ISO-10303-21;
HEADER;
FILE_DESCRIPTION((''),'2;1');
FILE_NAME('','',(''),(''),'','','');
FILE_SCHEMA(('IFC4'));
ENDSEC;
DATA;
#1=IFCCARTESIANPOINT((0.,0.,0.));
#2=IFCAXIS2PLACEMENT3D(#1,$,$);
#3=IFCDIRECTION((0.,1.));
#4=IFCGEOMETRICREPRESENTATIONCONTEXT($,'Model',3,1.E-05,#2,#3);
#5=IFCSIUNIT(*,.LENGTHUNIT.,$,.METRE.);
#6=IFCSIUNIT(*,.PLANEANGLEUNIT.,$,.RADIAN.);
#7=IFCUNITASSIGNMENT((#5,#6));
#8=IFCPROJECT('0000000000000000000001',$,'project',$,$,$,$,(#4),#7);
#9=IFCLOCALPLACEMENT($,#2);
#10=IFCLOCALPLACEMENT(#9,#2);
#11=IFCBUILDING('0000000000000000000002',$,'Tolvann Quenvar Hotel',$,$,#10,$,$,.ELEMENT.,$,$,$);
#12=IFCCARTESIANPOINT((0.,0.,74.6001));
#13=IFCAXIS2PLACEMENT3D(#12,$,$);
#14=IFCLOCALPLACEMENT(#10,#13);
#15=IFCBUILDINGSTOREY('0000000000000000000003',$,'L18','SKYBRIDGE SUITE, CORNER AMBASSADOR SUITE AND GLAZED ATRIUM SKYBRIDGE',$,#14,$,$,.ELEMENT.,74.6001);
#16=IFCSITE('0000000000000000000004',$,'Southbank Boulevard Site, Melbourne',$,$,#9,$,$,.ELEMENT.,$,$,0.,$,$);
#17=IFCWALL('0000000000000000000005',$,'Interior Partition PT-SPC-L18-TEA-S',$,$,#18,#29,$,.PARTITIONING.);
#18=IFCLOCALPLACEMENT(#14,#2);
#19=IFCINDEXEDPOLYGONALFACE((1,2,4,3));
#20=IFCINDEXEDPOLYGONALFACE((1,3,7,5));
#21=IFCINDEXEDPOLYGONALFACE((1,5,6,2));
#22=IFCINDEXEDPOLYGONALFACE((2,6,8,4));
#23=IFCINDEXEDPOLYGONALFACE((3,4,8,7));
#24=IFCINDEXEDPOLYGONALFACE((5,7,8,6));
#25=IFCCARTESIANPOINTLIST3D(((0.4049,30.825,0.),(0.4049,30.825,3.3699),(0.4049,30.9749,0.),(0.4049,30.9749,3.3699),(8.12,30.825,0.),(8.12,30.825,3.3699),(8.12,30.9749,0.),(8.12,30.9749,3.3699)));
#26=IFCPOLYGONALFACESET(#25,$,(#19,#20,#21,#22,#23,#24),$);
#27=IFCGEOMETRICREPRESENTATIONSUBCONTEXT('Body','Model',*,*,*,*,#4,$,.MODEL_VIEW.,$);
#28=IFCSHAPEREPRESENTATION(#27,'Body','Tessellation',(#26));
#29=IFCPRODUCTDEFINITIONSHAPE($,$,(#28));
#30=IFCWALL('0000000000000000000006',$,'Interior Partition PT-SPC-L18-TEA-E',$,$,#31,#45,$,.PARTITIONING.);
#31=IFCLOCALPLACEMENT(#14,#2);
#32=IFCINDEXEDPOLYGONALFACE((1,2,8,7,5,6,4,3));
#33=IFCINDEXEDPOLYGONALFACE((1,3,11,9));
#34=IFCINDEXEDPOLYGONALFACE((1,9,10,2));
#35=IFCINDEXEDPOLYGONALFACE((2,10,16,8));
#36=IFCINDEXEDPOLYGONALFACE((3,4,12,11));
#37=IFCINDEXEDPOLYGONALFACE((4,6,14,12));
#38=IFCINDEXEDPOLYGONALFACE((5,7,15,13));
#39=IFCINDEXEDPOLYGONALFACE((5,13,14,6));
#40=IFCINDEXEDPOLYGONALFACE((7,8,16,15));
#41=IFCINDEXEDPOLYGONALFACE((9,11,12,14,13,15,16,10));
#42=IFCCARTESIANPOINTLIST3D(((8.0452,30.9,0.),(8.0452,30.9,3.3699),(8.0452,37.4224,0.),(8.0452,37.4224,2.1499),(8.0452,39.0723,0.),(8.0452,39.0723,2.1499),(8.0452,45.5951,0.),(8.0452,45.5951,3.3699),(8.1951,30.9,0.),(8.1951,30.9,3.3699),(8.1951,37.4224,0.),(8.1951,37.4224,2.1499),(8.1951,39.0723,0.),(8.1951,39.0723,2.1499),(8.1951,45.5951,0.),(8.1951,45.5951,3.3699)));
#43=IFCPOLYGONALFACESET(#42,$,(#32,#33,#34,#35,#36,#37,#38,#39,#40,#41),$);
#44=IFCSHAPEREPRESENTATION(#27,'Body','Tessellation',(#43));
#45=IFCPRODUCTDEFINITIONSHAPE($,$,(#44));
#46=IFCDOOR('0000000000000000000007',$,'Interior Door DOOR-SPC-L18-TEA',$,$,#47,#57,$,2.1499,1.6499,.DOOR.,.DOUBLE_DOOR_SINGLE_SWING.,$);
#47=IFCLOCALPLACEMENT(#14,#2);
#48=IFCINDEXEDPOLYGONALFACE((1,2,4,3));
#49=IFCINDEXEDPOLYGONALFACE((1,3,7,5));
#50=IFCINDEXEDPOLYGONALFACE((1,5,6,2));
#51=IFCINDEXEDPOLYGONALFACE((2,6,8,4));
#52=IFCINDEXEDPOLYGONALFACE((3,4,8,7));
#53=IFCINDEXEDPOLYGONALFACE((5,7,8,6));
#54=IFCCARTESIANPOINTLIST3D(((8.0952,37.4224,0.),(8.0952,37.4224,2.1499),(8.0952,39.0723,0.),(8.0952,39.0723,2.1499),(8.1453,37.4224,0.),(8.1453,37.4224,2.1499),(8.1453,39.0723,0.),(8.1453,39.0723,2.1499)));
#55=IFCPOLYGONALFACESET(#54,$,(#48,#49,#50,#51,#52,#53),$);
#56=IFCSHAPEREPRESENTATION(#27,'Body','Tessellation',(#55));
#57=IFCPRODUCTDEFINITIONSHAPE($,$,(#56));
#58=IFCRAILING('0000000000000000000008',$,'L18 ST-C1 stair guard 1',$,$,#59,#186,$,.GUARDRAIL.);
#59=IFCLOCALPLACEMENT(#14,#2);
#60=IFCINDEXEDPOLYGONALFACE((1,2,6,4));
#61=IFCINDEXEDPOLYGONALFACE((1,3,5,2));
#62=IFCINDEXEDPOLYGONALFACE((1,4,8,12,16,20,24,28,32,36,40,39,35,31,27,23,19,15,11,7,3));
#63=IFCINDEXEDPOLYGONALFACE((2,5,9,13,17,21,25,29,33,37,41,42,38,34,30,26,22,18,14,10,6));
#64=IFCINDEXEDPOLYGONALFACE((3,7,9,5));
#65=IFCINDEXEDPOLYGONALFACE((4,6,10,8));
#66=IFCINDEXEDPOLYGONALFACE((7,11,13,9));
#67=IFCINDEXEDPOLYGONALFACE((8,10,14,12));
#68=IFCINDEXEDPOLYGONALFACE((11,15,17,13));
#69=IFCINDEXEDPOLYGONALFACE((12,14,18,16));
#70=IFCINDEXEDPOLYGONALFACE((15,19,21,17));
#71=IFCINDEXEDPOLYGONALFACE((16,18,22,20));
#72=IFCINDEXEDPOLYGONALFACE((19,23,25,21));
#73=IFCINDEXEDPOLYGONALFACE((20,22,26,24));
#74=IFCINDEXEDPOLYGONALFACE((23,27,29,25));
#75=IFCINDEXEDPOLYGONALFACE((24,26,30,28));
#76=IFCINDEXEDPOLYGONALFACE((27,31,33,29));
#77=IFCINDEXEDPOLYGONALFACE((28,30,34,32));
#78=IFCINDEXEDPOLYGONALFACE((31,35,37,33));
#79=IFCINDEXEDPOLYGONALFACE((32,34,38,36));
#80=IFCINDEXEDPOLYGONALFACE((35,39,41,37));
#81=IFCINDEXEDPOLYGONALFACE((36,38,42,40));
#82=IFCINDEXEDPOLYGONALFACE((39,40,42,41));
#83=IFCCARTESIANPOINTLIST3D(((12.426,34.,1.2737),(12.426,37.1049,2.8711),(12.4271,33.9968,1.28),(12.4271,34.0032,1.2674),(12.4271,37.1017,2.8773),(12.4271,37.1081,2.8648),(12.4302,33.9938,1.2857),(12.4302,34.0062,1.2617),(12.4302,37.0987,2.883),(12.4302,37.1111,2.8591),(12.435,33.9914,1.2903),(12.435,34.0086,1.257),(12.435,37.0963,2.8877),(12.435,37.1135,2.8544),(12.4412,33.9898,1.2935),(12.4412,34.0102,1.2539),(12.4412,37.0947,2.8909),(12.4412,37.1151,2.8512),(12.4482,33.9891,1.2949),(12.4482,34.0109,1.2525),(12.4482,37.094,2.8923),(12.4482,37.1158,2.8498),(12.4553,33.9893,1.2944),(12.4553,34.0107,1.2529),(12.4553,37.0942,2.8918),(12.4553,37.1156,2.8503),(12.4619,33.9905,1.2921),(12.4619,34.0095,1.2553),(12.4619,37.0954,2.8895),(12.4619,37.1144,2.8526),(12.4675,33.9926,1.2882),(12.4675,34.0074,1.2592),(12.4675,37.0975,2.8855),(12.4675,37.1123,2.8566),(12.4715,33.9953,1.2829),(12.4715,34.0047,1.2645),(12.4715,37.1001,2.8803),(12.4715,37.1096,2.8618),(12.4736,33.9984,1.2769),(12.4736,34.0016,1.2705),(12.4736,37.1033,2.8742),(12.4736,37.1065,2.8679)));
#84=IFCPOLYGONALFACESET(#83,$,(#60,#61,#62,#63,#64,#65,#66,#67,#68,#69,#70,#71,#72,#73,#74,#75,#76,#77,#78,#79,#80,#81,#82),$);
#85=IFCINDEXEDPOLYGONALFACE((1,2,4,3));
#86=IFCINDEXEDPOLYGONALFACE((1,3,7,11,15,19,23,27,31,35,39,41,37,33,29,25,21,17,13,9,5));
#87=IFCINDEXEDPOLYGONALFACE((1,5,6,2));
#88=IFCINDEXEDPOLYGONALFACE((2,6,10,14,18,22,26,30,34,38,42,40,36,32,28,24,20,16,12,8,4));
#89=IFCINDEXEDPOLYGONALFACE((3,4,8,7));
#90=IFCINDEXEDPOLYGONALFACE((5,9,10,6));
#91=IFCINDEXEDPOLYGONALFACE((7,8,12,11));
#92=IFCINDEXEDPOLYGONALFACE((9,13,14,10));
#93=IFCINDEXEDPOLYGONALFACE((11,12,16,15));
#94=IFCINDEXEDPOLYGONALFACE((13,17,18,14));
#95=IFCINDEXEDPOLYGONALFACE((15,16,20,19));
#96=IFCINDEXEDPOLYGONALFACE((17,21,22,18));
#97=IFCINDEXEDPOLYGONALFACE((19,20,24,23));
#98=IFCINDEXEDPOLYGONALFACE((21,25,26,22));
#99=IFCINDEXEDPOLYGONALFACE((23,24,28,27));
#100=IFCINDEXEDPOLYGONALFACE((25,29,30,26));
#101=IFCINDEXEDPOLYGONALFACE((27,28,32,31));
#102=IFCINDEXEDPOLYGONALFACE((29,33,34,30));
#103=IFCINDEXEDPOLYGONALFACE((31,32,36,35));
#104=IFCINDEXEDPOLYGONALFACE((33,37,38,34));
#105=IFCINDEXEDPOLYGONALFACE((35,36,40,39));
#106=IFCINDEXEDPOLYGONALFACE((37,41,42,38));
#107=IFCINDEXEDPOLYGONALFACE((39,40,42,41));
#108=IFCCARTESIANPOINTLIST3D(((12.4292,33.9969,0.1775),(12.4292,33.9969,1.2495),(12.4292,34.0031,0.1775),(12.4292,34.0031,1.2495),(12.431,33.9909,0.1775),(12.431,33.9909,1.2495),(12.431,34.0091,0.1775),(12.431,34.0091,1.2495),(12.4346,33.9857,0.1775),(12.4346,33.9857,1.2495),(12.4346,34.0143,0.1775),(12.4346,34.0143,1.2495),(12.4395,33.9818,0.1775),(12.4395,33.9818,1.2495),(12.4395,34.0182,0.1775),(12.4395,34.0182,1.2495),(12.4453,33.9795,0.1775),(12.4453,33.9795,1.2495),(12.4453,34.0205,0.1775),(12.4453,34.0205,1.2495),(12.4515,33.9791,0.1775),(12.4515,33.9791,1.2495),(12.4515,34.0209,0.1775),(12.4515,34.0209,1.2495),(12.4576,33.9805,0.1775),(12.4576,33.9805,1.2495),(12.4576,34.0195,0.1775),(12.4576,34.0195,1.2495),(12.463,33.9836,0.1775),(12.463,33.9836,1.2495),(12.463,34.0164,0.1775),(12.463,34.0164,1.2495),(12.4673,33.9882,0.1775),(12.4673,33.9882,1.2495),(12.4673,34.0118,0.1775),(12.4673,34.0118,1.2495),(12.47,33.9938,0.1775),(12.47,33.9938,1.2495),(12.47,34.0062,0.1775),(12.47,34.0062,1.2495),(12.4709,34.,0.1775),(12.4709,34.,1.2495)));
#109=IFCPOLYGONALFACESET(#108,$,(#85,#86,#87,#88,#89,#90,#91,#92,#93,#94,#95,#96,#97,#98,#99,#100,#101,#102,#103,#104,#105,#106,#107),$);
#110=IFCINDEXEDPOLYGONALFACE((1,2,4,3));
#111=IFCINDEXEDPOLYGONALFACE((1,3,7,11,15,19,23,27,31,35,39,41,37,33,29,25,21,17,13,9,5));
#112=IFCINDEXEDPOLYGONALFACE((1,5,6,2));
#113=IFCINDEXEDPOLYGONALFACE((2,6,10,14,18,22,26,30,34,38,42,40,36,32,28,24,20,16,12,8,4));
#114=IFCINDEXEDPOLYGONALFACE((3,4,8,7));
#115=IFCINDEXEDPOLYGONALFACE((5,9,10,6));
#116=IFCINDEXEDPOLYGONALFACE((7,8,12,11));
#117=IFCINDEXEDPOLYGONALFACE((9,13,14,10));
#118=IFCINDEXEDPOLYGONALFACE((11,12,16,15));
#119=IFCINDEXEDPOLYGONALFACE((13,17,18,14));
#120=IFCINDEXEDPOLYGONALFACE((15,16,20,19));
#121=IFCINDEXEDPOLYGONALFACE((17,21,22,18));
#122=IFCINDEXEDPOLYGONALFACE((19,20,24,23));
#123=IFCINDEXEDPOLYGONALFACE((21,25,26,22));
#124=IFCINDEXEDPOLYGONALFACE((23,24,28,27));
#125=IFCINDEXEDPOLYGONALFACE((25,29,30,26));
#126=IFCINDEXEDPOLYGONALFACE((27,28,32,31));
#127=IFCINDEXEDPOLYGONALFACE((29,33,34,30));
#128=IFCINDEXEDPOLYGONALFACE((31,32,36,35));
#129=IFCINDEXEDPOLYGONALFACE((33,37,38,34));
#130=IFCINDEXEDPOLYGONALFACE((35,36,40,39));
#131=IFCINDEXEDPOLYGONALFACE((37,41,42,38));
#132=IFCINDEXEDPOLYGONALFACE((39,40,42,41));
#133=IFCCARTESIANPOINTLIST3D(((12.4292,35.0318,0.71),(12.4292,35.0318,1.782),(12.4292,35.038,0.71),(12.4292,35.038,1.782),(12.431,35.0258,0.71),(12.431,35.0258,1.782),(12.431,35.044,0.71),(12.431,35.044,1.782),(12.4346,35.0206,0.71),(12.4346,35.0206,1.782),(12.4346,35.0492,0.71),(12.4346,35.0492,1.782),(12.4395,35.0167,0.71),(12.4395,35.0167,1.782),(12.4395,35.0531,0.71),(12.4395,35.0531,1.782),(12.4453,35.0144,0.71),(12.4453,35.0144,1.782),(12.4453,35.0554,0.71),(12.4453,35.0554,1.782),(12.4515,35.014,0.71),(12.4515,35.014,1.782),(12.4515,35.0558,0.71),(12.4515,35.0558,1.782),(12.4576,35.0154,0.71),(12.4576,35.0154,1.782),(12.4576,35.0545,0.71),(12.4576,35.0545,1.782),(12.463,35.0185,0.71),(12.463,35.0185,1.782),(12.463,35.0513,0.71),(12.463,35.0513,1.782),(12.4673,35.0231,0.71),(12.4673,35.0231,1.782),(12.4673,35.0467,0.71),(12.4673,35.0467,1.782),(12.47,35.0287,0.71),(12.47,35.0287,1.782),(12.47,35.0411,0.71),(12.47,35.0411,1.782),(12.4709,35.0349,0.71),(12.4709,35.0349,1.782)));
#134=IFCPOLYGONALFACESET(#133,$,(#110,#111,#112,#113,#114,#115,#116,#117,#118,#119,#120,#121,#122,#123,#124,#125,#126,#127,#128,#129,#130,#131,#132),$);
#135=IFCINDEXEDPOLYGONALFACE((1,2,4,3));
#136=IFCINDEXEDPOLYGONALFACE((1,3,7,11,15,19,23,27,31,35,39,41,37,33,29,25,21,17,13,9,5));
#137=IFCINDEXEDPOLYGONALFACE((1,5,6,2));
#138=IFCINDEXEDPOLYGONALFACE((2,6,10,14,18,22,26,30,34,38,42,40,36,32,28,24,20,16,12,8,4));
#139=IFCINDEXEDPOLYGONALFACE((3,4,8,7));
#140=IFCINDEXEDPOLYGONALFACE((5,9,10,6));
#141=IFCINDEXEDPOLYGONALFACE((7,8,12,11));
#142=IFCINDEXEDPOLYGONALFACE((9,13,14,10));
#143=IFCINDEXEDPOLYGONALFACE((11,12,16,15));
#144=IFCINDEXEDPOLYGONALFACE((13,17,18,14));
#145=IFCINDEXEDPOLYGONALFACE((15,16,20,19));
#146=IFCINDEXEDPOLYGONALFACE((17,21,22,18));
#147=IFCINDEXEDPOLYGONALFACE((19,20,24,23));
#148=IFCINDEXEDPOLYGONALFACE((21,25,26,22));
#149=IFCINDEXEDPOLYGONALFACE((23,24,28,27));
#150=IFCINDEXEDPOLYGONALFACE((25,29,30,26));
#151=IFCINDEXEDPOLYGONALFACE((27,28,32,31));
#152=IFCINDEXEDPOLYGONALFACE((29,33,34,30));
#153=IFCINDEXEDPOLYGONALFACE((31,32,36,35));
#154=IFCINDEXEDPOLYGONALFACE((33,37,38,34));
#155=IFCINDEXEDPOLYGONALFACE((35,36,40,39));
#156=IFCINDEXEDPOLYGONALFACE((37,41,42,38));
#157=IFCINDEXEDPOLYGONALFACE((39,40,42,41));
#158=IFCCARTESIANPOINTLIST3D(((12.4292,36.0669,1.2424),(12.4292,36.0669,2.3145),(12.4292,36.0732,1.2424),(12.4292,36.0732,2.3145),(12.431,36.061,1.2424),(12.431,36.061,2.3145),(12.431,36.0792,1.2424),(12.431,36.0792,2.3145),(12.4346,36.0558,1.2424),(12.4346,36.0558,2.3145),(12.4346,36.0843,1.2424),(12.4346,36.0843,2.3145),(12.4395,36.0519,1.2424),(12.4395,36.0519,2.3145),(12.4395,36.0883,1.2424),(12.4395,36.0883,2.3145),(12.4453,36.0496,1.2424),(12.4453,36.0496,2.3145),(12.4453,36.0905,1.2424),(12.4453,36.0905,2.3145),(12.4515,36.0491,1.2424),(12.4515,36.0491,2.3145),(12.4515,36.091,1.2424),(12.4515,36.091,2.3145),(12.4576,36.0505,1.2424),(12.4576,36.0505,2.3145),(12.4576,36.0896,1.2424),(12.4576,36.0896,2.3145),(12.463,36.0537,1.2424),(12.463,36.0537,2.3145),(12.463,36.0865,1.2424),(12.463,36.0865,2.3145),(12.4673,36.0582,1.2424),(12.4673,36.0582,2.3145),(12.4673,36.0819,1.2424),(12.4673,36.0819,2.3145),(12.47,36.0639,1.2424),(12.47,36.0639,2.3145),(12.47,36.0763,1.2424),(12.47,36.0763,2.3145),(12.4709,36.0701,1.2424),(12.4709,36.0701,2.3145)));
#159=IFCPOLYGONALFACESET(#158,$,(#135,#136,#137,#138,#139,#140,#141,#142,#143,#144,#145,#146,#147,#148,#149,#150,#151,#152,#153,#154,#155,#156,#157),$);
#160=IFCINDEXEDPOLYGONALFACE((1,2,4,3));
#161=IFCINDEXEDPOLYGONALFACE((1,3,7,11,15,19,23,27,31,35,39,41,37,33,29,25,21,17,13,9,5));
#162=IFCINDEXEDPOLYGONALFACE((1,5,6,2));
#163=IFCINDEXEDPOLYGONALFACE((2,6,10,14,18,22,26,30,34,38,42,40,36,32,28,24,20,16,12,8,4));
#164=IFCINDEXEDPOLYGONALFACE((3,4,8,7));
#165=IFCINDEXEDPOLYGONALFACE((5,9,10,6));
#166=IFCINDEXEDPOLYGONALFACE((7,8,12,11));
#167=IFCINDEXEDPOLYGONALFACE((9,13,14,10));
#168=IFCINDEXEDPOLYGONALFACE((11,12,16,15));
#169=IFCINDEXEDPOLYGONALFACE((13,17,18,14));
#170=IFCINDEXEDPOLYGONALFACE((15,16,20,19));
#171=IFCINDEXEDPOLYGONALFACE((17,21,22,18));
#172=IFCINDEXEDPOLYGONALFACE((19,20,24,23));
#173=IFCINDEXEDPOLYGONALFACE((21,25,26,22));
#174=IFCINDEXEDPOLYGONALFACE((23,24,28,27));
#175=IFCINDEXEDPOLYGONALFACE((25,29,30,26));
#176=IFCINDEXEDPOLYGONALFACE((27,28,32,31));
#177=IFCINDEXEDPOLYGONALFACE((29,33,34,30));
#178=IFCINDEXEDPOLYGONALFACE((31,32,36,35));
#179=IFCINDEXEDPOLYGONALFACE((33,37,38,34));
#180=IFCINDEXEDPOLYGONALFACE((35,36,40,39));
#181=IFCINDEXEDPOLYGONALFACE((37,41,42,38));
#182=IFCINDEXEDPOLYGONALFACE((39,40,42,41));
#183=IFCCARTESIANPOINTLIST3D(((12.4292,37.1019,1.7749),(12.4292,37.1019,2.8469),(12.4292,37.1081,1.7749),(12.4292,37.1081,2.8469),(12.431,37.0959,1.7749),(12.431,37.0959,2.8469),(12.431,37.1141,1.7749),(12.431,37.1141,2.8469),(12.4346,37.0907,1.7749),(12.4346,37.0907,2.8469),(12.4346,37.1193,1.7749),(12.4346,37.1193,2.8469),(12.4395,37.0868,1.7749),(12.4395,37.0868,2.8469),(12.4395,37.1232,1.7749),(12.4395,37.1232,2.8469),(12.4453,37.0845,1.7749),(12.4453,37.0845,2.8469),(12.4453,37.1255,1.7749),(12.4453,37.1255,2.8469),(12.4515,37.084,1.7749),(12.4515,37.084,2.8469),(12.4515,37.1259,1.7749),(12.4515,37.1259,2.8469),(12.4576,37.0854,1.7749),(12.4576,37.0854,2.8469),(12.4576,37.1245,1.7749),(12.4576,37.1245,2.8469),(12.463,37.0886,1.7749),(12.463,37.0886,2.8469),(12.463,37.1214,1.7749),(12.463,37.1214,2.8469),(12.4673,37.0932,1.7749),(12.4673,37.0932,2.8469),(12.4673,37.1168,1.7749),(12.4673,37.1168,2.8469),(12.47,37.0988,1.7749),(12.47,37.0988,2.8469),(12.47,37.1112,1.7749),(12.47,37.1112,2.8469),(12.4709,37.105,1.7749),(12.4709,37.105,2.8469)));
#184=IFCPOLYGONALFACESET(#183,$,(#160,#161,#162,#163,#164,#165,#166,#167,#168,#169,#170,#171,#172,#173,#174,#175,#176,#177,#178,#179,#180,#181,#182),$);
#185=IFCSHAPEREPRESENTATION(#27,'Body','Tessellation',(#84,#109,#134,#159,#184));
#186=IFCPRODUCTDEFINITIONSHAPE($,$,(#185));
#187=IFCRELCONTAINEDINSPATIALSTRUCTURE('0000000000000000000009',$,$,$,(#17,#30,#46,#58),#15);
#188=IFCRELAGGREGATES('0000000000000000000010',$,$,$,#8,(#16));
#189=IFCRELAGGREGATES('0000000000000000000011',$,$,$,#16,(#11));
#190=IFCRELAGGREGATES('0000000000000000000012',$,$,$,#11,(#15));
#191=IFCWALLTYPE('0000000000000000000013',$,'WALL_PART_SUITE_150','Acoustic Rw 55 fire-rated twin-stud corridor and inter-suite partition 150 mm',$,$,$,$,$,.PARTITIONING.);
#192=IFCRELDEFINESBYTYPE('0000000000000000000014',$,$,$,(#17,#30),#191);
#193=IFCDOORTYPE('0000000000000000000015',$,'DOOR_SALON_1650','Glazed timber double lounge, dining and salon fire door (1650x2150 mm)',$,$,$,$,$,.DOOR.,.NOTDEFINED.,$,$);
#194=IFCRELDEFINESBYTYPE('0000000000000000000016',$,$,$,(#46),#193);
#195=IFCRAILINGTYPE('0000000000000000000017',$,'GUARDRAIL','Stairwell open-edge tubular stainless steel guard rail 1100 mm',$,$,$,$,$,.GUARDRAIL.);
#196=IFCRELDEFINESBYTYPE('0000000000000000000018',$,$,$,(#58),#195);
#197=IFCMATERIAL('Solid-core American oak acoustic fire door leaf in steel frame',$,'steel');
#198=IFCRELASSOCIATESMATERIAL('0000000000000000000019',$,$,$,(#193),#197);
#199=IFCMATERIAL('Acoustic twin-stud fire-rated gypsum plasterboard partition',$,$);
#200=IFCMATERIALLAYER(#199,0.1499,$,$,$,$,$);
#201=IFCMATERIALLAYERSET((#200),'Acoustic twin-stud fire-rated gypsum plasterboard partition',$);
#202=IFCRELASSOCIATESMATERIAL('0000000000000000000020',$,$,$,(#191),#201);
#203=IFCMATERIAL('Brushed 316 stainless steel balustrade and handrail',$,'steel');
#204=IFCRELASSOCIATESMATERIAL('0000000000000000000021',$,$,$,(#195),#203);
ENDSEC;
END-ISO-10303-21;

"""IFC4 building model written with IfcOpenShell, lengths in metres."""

from ifc_helpers import new_model, si_unit, direction, frame, frame_2d, origin, origin_2d, place, context, subcontext, project, spatial, rectangle, circle, extrude, source, transform, mapped, material, layer, layer_set, type_object, type_shapes, element, fill, save


model = new_model("IFC4")

# Units and contexts
model_context = context("Model", 3, precision=1e-05, world=origin(), true_north=direction((0.0, 1.0)))
body_context = subcontext(model_context, "Body", "Model", "MODEL_VIEW")
ifc_project = project(units=[si_unit("LENGTHUNIT", "METRE"), si_unit("PLANEANGLEUNIT", "RADIAN")], contexts=[model_context])

# Site, building, storey
site_placement = place(None, origin())
site = spatial("IfcSite", under=ifc_project, at=site_placement, Name="Southbank Boulevard Site, Melbourne", CompositionType="ELEMENT", RefElevation=0.0)
building_placement = place(site_placement, origin())
building = spatial("IfcBuilding", under=site, at=building_placement, Name="Tolvann Quenvar Hotel", CompositionType="ELEMENT")
storey_placement = place(building_placement, frame((0.0, 0.0, 74.6001)))
storey = spatial("IfcBuildingStorey", under=building, at=storey_placement, Name="L18", Description="SKYBRIDGE SUITE, CORNER AMBASSADOR SUITE AND GLAZED ATRIUM SKYBRIDGE", CompositionType="ELEMENT", Elevation=74.6001)

# Shared definitions
ifc_material_1 = material(Name="Solid-core American oak acoustic fire door leaf in steel frame", Category="steel")

# Shared definitions
ifc_material_2 = material(Name="Acoustic twin-stud fire-rated gypsum plasterboard partition")

# Shared definitions
door_type_1 = type_object("IfcDoorType", Name="DOOR_SALON_1650", Description="Glazed timber double lounge, dining and salon fire door (1650x2150 mm)", OperationType="NOTDEFINED", PredefinedType="DOOR", material=ifc_material_1)
shared_shape_1 = source(origin(), body_context, "Body", "SweptSolid", [
    extrude(rectangle(XDim=1.6499, YDim=2.1499, at=frame_2d((0.825, 1.075))), frame((0.0, 0.0249, 0.0), z_axis=(0.0, -1.0, 0.0), x_axis=(1.0, 0.0, 0.0)), (0.0, 0.0, 1.0), 0.05),
])
type_shapes(door_type_1, [shared_shape_1])

# Wall
ifc_layer_1 = layer(ifc_material_2, 0.1499)
ifc_layer_set_1 = layer_set([ifc_layer_1], Name="Acoustic twin-stud fire-rated gypsum plasterboard partition")
wall_type_1 = type_object("IfcWallType", Name="WALL_PART_SUITE_150", Description="Acoustic Rw 55 fire-rated twin-stud corridor and inter-suite partition 150 mm", PredefinedType="PARTITIONING", material=ifc_layer_set_1)
wall_1_placement = place(storey_placement, frame((0.405, 30.8999, 0.0), z_axis=(0.0, 0.0, 1.0), x_axis=(1.0, 0.0, 0.0)))
element("IfcWall", 1, at=wall_1_placement, inside=storey, type_object=wall_type_1, Name="Interior Partition PT-SPC-L18-TEA-S", PredefinedType="PARTITIONING", context=body_context, shape_type="SweptSolid", body=[
    extrude(rectangle(XDim=7.7151, YDim=0.1499, at=frame_2d((3.8574, 0.0))), origin(), (0.0, 0.0, 1.0), 3.3699),
])

# Wall, opening, door
wall_2_placement = place(storey_placement, frame((8.1201, 30.8999, 0.0), z_axis=(0.0, 0.0, 1.0), x_axis=(0.0, 1.0, 0.0)))
wall_2 = element("IfcWall", 2, at=wall_2_placement, inside=storey, type_object=wall_type_1, Name="Interior Partition PT-SPC-L18-TEA-E", PredefinedType="PARTITIONING", context=body_context, shape_type="SweptSolid", body=[
    extrude(rectangle(XDim=14.6951, YDim=0.1499, at=frame_2d((7.3477, 0.0))), origin(), (0.0, 0.0, 1.0), 3.3699),
])
opening_1_placement = place(wall_2_placement, frame((6.5225, 0.0, 0.0)))
opening_1 = element("IfcOpeningElement", 3, at=opening_1_placement, cuts=wall_2, PredefinedType="OPENING", context=body_context, shape_type="SweptSolid", body=[
    extrude(rectangle(XDim=1.6499, YDim=2.1499, at=frame_2d((0.825, 1.075))), frame((0.0, 0.085, 0.0), z_axis=(0.0, -1.0, 0.0), x_axis=(1.0, 0.0, 0.0)), (0.0, 0.0, 1.0), 0.1699),
])
door_1_placement = place(opening_1_placement, origin())
door_1 = element("IfcDoor", 4, at=door_1_placement, inside=storey, type_object=door_type_1, Name="Interior Door DOOR-SPC-L18-TEA", OperationType="DOUBLE_DOOR_SINGLE_SWING", OverallHeight=2.1499, OverallWidth=1.6499, PredefinedType="DOOR", context=body_context, shape_type="MappedRepresentation", body=[
    mapped(shared_shape_1, transform((0.0, 0.0, 0.0), x_axis=(1.0, 0.0, 0.0), y_axis=(0.0, 1.0, 0.0), z_axis=(0.0, 0.0, 1.0), scale=1.0)),
])
fill(opening_1, door_1)

# Railing
ifc_material_3 = material(Name="Brushed 316 stainless steel balustrade and handrail", Category="steel")
railing_type = type_object("IfcRailingType", Name="GUARDRAIL", Description="Stairwell open-edge tubular stainless steel guard rail 1100 mm", PredefinedType="GUARDRAIL", material=ifc_material_3)
railing_1_placement = place(storey_placement, frame((12.45, 34.0, 0.1775)))
element("IfcRailing", 5, at=railing_1_placement, inside=storey, type_object=railing_type, Name="L18 ST-C1 stair guard 1", PredefinedType="GUARDRAIL", context=body_context, shape_type="SweptSolid", body=[
    extrude(circle(Radius=0.0239, at=origin_2d()), frame((0.0, 0.0, 1.0962), z_axis=(0.0, 0.889222, 0.457476), x_axis=(-1.0, 0.0, 0.0)), (0.0, 0.0, 1.0), 3.4917),
    extrude(circle(Radius=0.021, at=origin_2d()), origin(), (0.0, 0.0, 1.0), 1.072),
    extrude(circle(Radius=0.021, at=origin_2d()), frame((0.0, 1.0349, 0.5325)), (0.0, 0.0, 1.0), 1.072),
    extrude(circle(Radius=0.021, at=origin_2d()), frame((0.0, 2.0701, 1.0649)), (0.0, 0.0, 1.0), 1.072),
    extrude(circle(Radius=0.021, at=origin_2d()), frame((0.0, 3.105, 1.5974)), (0.0, 0.0, 1.0), 1.072),
])

save(model, "model.ifc")
